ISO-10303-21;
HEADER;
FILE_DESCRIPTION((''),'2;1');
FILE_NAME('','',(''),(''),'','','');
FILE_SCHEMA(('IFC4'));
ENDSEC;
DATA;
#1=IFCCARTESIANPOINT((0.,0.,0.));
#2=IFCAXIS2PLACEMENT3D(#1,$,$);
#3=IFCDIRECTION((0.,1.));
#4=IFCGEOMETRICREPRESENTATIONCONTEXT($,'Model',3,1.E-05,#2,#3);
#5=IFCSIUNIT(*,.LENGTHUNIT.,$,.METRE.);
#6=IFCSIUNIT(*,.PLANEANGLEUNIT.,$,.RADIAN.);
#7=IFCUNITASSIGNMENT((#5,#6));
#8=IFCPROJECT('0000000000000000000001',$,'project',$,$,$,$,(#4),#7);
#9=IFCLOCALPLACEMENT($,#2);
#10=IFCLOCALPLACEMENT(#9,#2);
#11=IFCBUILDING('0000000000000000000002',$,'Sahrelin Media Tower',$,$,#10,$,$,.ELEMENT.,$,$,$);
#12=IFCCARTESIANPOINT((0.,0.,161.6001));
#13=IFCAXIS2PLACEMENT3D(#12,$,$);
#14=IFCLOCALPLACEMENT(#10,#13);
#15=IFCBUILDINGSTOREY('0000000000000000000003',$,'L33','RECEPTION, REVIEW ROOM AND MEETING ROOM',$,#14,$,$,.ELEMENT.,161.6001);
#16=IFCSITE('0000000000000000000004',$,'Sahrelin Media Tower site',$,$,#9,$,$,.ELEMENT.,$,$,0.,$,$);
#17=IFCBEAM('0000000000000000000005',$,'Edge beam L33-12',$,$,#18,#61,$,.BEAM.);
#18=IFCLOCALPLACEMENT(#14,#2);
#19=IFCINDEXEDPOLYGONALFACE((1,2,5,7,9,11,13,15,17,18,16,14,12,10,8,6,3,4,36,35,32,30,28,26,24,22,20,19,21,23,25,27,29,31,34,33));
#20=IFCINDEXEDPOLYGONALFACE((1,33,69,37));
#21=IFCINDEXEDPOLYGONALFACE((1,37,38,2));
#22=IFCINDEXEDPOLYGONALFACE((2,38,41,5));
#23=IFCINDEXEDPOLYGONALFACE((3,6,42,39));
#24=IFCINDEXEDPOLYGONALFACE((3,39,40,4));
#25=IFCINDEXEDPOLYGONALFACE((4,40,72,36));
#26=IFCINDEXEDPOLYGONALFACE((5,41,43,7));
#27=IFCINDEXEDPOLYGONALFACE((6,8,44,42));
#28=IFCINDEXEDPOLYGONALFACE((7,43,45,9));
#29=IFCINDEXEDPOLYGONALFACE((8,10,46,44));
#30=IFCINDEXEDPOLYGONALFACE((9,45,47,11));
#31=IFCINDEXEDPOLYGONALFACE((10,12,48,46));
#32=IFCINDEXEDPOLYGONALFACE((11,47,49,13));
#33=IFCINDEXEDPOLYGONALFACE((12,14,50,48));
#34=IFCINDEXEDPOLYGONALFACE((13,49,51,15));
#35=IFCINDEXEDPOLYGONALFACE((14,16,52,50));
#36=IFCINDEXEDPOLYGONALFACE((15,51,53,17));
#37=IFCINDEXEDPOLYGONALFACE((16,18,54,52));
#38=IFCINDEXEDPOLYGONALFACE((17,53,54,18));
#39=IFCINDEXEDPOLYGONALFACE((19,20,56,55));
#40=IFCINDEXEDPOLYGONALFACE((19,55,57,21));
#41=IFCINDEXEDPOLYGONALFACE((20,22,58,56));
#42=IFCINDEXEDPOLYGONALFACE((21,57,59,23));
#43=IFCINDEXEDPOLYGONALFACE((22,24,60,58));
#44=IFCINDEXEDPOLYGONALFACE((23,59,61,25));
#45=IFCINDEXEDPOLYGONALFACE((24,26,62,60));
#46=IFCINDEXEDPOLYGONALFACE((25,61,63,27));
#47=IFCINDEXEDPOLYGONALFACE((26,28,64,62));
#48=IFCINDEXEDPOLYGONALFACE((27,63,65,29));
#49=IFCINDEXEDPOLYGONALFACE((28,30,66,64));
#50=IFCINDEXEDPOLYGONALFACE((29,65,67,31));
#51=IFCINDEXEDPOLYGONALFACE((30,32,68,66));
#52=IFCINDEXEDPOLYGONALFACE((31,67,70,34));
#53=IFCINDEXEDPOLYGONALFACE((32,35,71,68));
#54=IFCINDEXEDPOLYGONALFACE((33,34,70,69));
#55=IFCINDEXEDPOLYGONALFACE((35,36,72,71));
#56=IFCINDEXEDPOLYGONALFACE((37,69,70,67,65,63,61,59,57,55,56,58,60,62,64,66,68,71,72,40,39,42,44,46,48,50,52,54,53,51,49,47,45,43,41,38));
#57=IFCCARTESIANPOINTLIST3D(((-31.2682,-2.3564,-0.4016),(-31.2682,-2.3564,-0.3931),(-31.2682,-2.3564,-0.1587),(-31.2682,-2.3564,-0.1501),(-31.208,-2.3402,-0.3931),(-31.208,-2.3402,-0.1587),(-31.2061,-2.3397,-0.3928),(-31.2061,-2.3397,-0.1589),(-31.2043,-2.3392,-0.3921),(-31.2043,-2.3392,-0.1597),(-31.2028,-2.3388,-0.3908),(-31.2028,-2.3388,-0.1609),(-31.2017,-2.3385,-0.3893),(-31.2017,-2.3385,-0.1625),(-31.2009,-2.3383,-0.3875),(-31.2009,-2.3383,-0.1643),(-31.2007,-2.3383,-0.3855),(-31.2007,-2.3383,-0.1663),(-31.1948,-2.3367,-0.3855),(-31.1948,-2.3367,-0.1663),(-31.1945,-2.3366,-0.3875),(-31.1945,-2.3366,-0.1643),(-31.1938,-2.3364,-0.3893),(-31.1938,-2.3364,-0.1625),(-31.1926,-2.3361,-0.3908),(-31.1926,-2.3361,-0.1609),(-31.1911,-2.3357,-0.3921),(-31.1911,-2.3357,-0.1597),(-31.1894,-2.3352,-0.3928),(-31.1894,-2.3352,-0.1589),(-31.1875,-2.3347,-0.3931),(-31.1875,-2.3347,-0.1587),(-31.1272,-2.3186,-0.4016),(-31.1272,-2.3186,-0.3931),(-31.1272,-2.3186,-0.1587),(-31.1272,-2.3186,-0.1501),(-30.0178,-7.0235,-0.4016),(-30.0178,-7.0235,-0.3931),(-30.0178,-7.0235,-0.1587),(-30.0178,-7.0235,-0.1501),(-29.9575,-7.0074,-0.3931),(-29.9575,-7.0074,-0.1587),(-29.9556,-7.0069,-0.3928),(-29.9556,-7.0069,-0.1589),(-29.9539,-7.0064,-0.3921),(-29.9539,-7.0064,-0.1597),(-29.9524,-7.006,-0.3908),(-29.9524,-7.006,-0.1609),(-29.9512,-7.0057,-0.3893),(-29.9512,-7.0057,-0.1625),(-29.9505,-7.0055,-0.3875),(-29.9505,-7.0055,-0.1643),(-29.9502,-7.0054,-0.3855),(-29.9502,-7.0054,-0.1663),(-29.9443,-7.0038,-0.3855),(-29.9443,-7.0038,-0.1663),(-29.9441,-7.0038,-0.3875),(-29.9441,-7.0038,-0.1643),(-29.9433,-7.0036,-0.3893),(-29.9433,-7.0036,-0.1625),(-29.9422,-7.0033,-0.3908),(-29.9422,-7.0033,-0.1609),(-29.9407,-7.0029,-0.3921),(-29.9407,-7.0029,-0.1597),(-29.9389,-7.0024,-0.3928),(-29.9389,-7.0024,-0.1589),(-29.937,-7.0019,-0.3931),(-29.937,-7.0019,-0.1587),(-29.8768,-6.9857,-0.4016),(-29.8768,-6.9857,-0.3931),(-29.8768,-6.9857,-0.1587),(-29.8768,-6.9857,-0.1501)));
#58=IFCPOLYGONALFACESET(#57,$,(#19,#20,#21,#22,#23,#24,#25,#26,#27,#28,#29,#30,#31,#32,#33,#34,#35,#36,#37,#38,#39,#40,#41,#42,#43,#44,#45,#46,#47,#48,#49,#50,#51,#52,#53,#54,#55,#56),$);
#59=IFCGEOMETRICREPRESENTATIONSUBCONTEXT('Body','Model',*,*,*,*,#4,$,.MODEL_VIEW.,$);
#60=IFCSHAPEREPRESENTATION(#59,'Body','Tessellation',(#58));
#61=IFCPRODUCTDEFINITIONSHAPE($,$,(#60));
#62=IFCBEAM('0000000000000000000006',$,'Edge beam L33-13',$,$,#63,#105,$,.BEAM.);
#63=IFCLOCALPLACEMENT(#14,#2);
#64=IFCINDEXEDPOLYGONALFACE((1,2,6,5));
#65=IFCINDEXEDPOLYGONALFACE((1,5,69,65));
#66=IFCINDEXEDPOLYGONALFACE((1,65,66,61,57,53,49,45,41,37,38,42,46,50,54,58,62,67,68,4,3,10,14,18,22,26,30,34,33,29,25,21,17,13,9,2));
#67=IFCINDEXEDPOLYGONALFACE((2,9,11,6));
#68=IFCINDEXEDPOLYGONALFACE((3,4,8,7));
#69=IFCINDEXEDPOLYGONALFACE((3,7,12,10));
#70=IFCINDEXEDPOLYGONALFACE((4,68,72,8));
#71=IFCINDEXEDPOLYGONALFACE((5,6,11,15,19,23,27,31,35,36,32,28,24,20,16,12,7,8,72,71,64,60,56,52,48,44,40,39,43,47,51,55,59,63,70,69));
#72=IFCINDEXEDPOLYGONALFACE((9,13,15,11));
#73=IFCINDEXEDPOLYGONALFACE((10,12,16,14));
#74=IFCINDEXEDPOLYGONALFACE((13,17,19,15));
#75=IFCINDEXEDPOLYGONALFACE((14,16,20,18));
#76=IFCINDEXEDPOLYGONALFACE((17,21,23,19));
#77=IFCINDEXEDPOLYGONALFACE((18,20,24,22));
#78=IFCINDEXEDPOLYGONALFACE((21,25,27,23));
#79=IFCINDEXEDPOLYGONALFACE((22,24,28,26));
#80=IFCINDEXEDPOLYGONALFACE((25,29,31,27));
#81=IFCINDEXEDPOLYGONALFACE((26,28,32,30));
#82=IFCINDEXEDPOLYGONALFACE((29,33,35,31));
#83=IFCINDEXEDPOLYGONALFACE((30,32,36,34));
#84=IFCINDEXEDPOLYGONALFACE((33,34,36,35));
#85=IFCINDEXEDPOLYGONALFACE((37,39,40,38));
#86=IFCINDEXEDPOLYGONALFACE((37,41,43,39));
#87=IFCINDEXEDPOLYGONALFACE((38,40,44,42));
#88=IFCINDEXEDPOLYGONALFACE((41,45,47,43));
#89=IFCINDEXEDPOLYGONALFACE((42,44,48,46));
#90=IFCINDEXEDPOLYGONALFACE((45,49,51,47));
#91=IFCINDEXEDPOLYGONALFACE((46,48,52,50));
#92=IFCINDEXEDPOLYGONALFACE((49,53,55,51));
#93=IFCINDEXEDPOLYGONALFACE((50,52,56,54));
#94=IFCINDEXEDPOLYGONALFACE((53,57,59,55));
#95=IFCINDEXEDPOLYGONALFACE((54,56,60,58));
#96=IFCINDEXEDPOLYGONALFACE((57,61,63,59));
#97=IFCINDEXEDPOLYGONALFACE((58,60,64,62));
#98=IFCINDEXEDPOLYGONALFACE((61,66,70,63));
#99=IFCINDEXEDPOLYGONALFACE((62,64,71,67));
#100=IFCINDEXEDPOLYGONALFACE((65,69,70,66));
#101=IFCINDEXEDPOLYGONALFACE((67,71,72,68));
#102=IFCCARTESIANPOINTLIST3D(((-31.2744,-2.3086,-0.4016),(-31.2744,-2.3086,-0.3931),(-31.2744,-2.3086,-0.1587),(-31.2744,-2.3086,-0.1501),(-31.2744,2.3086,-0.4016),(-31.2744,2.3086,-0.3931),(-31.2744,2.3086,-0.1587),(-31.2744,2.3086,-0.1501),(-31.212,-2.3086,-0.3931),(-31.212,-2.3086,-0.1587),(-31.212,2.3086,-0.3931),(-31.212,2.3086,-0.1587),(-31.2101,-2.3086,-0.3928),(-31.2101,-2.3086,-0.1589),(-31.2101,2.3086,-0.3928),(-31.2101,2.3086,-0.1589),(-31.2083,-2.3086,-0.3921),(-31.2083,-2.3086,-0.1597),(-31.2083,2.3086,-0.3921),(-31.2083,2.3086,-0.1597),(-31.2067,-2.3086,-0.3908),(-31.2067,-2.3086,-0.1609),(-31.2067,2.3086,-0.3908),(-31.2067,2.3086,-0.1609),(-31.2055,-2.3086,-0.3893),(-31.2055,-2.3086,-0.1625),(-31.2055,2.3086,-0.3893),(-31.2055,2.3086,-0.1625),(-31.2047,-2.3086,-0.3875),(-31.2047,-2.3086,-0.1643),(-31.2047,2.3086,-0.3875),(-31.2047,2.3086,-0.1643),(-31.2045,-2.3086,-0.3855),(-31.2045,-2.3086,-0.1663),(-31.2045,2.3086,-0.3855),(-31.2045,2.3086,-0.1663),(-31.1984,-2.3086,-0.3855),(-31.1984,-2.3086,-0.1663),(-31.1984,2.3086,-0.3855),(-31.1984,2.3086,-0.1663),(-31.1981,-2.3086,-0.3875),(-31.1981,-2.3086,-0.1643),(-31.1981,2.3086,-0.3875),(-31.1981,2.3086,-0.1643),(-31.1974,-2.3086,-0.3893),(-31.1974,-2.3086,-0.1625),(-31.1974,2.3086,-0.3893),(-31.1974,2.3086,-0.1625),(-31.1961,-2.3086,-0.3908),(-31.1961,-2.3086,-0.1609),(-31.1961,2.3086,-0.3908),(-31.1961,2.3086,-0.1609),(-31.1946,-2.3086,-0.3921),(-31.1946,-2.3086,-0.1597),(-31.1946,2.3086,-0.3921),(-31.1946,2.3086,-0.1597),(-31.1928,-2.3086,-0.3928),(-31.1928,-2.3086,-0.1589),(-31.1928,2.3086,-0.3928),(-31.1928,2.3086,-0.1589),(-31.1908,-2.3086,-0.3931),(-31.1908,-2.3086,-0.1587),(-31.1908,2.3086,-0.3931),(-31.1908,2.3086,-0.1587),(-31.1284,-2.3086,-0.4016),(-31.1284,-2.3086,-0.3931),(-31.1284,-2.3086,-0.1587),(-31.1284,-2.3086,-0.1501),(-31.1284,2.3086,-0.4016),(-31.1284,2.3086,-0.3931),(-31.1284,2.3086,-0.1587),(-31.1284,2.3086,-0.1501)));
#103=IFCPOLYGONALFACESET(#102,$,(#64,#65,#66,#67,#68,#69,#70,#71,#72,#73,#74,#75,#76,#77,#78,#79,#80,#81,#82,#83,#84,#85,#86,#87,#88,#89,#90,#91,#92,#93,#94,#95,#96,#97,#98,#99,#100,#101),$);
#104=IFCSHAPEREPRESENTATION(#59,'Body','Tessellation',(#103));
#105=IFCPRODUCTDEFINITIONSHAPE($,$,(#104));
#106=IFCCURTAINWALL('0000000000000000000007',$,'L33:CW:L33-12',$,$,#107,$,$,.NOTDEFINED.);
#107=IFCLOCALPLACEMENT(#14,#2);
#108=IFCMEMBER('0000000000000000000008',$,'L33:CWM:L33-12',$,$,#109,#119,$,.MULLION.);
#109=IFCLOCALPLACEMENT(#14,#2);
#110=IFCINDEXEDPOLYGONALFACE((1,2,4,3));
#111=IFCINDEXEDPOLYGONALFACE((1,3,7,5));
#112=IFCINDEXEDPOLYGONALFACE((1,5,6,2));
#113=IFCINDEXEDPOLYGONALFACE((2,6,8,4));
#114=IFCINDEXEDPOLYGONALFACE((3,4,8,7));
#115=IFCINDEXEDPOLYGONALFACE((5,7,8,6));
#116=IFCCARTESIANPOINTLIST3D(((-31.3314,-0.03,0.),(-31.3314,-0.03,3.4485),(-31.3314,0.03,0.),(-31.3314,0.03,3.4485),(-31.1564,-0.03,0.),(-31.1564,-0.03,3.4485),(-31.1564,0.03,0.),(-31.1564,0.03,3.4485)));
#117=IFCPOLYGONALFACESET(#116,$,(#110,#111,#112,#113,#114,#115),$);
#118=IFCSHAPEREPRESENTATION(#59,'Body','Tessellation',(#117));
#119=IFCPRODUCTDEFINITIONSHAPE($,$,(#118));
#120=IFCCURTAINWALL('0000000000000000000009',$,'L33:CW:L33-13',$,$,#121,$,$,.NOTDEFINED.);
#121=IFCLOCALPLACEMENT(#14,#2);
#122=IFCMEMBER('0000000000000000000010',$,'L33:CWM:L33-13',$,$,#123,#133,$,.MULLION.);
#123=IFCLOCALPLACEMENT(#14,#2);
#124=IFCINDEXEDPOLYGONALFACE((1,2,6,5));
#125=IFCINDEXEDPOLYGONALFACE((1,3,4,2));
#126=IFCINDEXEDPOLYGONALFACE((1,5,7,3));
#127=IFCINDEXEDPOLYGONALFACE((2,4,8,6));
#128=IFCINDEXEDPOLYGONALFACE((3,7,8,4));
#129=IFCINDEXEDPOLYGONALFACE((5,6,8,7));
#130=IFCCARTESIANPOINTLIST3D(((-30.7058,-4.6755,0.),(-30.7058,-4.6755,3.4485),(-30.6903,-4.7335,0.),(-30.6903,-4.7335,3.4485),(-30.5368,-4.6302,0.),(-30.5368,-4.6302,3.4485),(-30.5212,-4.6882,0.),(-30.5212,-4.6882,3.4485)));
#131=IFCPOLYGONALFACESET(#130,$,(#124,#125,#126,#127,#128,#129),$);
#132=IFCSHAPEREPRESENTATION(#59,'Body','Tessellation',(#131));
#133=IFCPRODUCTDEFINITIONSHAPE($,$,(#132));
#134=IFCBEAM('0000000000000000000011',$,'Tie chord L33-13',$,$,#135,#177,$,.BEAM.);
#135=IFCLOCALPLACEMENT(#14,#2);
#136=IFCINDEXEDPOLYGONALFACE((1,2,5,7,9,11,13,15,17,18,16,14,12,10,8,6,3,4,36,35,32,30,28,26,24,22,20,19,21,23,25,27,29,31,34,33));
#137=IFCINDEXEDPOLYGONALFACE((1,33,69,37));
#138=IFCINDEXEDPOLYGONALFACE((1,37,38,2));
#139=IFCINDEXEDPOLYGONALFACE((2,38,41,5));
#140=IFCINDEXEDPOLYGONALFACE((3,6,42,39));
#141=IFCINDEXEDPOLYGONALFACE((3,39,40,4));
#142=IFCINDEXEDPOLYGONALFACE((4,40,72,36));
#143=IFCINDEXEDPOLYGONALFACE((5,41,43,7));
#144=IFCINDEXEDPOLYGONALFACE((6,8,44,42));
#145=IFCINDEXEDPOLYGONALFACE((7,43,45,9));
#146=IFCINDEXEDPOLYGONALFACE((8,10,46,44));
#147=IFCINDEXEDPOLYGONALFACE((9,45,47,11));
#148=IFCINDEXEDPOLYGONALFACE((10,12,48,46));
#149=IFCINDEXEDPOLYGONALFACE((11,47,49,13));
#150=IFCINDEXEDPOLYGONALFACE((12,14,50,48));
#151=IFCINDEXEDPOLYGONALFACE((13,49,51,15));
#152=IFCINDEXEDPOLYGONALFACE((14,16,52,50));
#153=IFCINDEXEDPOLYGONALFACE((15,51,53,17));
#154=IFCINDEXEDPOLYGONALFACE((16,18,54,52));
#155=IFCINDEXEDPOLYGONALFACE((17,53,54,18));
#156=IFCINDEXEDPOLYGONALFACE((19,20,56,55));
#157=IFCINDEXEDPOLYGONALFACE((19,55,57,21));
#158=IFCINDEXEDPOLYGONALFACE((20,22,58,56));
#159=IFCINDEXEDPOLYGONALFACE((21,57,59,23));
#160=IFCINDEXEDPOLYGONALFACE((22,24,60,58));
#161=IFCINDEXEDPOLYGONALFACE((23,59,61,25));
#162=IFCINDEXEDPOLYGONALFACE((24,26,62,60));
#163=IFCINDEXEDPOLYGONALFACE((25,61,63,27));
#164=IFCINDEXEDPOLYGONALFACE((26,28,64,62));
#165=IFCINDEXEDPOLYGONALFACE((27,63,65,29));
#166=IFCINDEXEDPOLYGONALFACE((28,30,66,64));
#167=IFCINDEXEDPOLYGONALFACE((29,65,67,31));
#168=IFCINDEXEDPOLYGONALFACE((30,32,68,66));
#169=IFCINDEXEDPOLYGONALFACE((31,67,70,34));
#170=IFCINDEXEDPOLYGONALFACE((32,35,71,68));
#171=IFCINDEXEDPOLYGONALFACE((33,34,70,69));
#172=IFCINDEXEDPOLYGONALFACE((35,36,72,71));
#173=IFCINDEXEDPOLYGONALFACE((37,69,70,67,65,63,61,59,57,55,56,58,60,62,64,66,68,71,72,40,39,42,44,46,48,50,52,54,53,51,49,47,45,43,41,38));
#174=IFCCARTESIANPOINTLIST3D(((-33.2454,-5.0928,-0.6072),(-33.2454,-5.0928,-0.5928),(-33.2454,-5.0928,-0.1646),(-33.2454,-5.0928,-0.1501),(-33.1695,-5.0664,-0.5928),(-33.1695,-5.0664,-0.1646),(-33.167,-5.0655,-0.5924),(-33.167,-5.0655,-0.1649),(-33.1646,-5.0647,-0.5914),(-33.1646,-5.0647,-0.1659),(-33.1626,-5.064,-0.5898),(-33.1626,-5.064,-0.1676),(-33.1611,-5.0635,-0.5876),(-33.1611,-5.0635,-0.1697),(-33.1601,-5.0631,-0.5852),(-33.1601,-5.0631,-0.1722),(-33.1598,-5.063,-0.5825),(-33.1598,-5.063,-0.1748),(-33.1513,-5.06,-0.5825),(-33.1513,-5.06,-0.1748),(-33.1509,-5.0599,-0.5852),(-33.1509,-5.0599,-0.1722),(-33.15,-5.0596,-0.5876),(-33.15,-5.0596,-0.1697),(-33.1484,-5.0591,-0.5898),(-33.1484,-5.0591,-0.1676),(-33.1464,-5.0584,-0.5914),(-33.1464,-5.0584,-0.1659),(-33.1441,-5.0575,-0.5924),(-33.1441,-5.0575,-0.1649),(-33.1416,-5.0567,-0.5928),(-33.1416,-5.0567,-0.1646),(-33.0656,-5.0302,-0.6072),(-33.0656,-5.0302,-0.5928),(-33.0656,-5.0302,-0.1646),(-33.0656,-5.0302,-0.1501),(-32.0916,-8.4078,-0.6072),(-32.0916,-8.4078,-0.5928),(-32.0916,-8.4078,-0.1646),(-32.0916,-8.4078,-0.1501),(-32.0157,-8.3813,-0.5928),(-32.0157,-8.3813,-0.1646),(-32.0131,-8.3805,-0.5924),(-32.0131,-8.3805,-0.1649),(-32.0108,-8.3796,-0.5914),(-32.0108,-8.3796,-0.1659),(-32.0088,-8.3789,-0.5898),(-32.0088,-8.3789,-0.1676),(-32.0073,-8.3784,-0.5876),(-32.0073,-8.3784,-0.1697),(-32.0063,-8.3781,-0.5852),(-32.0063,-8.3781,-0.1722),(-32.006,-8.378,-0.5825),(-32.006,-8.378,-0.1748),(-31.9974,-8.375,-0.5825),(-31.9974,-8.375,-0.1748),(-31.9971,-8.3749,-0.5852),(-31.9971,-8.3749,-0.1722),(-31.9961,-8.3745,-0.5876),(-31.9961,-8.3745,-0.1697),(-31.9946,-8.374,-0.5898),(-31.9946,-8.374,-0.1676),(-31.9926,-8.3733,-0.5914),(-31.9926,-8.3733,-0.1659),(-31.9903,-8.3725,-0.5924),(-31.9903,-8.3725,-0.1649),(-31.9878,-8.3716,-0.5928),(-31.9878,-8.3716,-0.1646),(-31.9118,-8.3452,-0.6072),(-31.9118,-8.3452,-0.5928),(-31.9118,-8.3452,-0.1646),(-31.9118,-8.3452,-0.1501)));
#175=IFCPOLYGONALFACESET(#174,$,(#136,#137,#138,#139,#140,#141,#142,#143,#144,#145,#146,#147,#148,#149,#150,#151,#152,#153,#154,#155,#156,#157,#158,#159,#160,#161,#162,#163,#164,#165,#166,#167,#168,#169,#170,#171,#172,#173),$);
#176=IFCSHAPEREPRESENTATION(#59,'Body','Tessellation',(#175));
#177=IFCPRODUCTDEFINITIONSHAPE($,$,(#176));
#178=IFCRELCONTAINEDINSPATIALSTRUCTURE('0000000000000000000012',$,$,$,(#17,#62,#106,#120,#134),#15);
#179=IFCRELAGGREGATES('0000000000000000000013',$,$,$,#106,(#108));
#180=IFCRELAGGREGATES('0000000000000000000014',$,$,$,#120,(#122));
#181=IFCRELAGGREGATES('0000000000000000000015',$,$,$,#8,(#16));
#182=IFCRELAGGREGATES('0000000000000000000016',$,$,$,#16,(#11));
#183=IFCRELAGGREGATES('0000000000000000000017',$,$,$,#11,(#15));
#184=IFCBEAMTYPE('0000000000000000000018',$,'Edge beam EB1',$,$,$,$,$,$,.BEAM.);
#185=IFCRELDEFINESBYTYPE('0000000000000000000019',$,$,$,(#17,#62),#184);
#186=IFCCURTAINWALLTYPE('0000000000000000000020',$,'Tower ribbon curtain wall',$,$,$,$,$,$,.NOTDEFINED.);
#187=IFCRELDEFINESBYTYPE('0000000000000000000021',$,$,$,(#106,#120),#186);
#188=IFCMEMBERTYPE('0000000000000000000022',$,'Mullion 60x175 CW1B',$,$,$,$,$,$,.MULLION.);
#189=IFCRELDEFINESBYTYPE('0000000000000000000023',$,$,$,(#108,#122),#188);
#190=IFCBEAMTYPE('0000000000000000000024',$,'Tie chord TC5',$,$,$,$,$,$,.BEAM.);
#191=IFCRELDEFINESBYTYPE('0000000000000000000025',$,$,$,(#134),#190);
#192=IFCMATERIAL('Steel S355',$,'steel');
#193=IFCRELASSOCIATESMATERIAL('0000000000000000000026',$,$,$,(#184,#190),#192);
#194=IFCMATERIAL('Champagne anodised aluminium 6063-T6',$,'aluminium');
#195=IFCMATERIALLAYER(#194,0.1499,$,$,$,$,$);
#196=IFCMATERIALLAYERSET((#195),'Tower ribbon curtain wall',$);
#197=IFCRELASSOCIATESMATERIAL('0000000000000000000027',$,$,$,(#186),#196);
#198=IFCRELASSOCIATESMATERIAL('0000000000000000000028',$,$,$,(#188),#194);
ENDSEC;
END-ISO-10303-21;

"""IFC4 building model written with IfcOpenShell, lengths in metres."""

from ifc_helpers import new_model, si_unit, direction, frame, origin, origin_2d, place, context, subcontext, project, spatial, rectangle, i_section, extrude, material, layer, layer_set, material_profile, profile_set, type_object, element, aggregate, save


model = new_model("IFC4")

# Units and contexts
model_context = context("Model", 3, precision=1e-05, world=origin(), true_north=direction((0.0, 1.0)))
body_context = subcontext(model_context, "Body", "Model", "MODEL_VIEW")
ifc_project = project(units=[si_unit("LENGTHUNIT", "METRE"), si_unit("PLANEANGLEUNIT", "RADIAN")], contexts=[model_context])

# Site, building, storey
site_placement = place(None, origin())
site = spatial("IfcSite", under=ifc_project, at=site_placement, Name="Sahrelin Media Tower site", CompositionType="ELEMENT", RefElevation=0.0)
building_placement = place(site_placement, origin())
building = spatial("IfcBuilding", under=site, at=building_placement, Name="Sahrelin Media Tower", CompositionType="ELEMENT")
storey_placement = place(building_placement, frame((0.0, 0.0, 161.6001)))
storey = spatial("IfcBuildingStorey", under=building, at=storey_placement, Name="L33", Description="RECEPTION, REVIEW ROOM AND MEETING ROOM", CompositionType="ELEMENT", Elevation=161.6001)

# Beams
ifc_material_1 = material(Name="Steel S355", Category="steel")
ifc_material_profile_1 = material_profile(ifc_material_1, i_section(OverallWidth=0.146, OverallDepth=0.2515, WebThickness=0.0061, FlangeThickness=0.0085, FilletRadius=0.0076, at=origin_2d()), Name="UB 254x146x31")
ifc_profile_set_1 = profile_set([ifc_material_profile_1], Name="Steel S355")
beam_type_1 = type_object("IfcBeamType", Name="Edge beam EB1", PredefinedType="BEAM", material=ifc_profile_set_1)
beam_1_placement = place(storey_placement, frame((-29.9473, -7.0046, -0.2759), z_axis=(-0.258801, 0.965931, 0.0), x_axis=(-0.965931, -0.258801, 0.0)))
element("IfcBeam", 1, at=beam_1_placement, inside=storey, type_object=beam_type_1, Name="Edge beam L33-12", PredefinedType="BEAM", context=body_context, shape_type="SweptSolid", body=[
    extrude(i_section(OverallWidth=0.146, OverallDepth=0.2515, WebThickness=0.0061, FlangeThickness=0.0085, FilletRadius=0.0076, at=origin_2d()), origin(), (0.0, 0.0, 1.0), 4.8318),
])
beam_2_placement = place(storey_placement, frame((-31.2014, -2.3086, -0.2759), z_axis=(0.0, 1.0, 0.0), x_axis=(-1.0, 0.0, 0.0)))
element("IfcBeam", 2, at=beam_2_placement, inside=storey, type_object=beam_type_1, Name="Edge beam L33-13", PredefinedType="BEAM", context=body_context, shape_type="SweptSolid", body=[
    extrude(i_section(OverallWidth=0.146, OverallDepth=0.2515, WebThickness=0.0061, FlangeThickness=0.0085, FilletRadius=0.0076, at=origin_2d()), origin(), (0.0, 0.0, 1.0), 4.6172),
])

# Curtain walls, members
ifc_material_2 = material(Name="Champagne anodised aluminium 6063-T6", Category="aluminium")
ifc_layer_1 = layer(ifc_material_2, 0.1499)
ifc_layer_set_1 = layer_set([ifc_layer_1], Name="Tower ribbon curtain wall")
curtain_wall_type = type_object("IfcCurtainWallType", Name="Tower ribbon curtain wall", PredefinedType="NOTDEFINED", material=ifc_layer_set_1)
curtain_wall_1_placement = place(storey_placement, frame((-31.3516, 0.0, 0.0), z_axis=(0.0, 0.0, 1.0), x_axis=(1.0, 0.0, 0.0)))
curtain_wall_1 = element("IfcCurtainWall", 3, at=curtain_wall_1_placement, inside=storey, type_object=curtain_wall_type, Name="L33:CW:L33-12", PredefinedType="NOTDEFINED")
ifc_material_profile_2 = material_profile(ifc_material_2, rectangle(XDim=0.0601, YDim=0.175, at=origin_2d()), Name="Mullion 60x175")
ifc_profile_set_2 = profile_set([ifc_material_profile_2], Name="Champagne anodised aluminium 6063-T6")
member_type_1 = type_object("IfcMemberType", Name="Mullion 60x175 CW1B", PredefinedType="MULLION", material=ifc_profile_set_2)
member_1_placement = place(storey_placement, frame((-31.2439, 0.0, 0.0), z_axis=(0.0, 0.0, 1.0), x_axis=(0.0, -1.0, 0.0)))
member_1 = element("IfcMember", 4, at=member_1_placement, type_object=member_type_1, Name="L33:CWM:L33-12", PredefinedType="MULLION", context=body_context, shape_type="SweptSolid", body=[
    extrude(rectangle(XDim=0.0601, YDim=0.175, at=origin_2d()), origin(), (0.0, 0.0, 1.0), 3.4485),
])
aggregate(curtain_wall_1, [member_1])
curtain_wall_2_placement = place(storey_placement, frame((-30.7173, -4.7097, 0.0), z_axis=(0.0, 0.0, 1.0), x_axis=(1.0, 0.0, 0.0)))
curtain_wall_2 = element("IfcCurtainWall", 5, at=curtain_wall_2_placement, inside=storey, type_object=curtain_wall_type, Name="L33:CW:L33-13", PredefinedType="NOTDEFINED")
member_2_placement = place(storey_placement, frame((-30.6135, -4.6819, 0.0), z_axis=(0.0, 0.0, 1.0), x_axis=(0.258807, -0.965929, 0.0)))
member_2 = element("IfcMember", 6, at=member_2_placement, type_object=member_type_1, Name="L33:CWM:L33-13", PredefinedType="MULLION", context=body_context, shape_type="SweptSolid", body=[
    extrude(rectangle(XDim=0.0601, YDim=0.175, at=origin_2d()), origin(), (0.0, 0.0, 1.0), 3.4485),
])

# Beam
ifc_material_profile_3 = material_profile(ifc_material_1, i_section(OverallWidth=0.1904, OverallDepth=0.457, WebThickness=0.009, FlangeThickness=0.0144, FilletRadius=0.0103, at=origin_2d()), Name="UB 457x191x74")
ifc_profile_set_3 = profile_set([ifc_material_profile_3], Name="Steel S355")
beam_type_2 = type_object("IfcBeamType", Name="Tie chord TC5", PredefinedType="BEAM", material=ifc_profile_set_3)
beam_3_placement = place(storey_placement, frame((-33.1555, -5.0615, -0.3787), z_axis=(0.32872, -0.944427, 0.0), x_axis=(0.944427, 0.32872, 0.0)))
element("IfcBeam", 7, at=beam_3_placement, inside=storey, type_object=beam_type_2, Name="Tie chord L33-13", PredefinedType="BEAM", context=body_context, shape_type="SweptSolid", body=[
    extrude(i_section(OverallWidth=0.1904, OverallDepth=0.457, WebThickness=0.009, FlangeThickness=0.0144, FilletRadius=0.0103, at=origin_2d()), origin(), (0.0, 0.0, 1.0), 3.51),
])

aggregate(curtain_wall_2, [member_2])

save(model, "model.ifc")
